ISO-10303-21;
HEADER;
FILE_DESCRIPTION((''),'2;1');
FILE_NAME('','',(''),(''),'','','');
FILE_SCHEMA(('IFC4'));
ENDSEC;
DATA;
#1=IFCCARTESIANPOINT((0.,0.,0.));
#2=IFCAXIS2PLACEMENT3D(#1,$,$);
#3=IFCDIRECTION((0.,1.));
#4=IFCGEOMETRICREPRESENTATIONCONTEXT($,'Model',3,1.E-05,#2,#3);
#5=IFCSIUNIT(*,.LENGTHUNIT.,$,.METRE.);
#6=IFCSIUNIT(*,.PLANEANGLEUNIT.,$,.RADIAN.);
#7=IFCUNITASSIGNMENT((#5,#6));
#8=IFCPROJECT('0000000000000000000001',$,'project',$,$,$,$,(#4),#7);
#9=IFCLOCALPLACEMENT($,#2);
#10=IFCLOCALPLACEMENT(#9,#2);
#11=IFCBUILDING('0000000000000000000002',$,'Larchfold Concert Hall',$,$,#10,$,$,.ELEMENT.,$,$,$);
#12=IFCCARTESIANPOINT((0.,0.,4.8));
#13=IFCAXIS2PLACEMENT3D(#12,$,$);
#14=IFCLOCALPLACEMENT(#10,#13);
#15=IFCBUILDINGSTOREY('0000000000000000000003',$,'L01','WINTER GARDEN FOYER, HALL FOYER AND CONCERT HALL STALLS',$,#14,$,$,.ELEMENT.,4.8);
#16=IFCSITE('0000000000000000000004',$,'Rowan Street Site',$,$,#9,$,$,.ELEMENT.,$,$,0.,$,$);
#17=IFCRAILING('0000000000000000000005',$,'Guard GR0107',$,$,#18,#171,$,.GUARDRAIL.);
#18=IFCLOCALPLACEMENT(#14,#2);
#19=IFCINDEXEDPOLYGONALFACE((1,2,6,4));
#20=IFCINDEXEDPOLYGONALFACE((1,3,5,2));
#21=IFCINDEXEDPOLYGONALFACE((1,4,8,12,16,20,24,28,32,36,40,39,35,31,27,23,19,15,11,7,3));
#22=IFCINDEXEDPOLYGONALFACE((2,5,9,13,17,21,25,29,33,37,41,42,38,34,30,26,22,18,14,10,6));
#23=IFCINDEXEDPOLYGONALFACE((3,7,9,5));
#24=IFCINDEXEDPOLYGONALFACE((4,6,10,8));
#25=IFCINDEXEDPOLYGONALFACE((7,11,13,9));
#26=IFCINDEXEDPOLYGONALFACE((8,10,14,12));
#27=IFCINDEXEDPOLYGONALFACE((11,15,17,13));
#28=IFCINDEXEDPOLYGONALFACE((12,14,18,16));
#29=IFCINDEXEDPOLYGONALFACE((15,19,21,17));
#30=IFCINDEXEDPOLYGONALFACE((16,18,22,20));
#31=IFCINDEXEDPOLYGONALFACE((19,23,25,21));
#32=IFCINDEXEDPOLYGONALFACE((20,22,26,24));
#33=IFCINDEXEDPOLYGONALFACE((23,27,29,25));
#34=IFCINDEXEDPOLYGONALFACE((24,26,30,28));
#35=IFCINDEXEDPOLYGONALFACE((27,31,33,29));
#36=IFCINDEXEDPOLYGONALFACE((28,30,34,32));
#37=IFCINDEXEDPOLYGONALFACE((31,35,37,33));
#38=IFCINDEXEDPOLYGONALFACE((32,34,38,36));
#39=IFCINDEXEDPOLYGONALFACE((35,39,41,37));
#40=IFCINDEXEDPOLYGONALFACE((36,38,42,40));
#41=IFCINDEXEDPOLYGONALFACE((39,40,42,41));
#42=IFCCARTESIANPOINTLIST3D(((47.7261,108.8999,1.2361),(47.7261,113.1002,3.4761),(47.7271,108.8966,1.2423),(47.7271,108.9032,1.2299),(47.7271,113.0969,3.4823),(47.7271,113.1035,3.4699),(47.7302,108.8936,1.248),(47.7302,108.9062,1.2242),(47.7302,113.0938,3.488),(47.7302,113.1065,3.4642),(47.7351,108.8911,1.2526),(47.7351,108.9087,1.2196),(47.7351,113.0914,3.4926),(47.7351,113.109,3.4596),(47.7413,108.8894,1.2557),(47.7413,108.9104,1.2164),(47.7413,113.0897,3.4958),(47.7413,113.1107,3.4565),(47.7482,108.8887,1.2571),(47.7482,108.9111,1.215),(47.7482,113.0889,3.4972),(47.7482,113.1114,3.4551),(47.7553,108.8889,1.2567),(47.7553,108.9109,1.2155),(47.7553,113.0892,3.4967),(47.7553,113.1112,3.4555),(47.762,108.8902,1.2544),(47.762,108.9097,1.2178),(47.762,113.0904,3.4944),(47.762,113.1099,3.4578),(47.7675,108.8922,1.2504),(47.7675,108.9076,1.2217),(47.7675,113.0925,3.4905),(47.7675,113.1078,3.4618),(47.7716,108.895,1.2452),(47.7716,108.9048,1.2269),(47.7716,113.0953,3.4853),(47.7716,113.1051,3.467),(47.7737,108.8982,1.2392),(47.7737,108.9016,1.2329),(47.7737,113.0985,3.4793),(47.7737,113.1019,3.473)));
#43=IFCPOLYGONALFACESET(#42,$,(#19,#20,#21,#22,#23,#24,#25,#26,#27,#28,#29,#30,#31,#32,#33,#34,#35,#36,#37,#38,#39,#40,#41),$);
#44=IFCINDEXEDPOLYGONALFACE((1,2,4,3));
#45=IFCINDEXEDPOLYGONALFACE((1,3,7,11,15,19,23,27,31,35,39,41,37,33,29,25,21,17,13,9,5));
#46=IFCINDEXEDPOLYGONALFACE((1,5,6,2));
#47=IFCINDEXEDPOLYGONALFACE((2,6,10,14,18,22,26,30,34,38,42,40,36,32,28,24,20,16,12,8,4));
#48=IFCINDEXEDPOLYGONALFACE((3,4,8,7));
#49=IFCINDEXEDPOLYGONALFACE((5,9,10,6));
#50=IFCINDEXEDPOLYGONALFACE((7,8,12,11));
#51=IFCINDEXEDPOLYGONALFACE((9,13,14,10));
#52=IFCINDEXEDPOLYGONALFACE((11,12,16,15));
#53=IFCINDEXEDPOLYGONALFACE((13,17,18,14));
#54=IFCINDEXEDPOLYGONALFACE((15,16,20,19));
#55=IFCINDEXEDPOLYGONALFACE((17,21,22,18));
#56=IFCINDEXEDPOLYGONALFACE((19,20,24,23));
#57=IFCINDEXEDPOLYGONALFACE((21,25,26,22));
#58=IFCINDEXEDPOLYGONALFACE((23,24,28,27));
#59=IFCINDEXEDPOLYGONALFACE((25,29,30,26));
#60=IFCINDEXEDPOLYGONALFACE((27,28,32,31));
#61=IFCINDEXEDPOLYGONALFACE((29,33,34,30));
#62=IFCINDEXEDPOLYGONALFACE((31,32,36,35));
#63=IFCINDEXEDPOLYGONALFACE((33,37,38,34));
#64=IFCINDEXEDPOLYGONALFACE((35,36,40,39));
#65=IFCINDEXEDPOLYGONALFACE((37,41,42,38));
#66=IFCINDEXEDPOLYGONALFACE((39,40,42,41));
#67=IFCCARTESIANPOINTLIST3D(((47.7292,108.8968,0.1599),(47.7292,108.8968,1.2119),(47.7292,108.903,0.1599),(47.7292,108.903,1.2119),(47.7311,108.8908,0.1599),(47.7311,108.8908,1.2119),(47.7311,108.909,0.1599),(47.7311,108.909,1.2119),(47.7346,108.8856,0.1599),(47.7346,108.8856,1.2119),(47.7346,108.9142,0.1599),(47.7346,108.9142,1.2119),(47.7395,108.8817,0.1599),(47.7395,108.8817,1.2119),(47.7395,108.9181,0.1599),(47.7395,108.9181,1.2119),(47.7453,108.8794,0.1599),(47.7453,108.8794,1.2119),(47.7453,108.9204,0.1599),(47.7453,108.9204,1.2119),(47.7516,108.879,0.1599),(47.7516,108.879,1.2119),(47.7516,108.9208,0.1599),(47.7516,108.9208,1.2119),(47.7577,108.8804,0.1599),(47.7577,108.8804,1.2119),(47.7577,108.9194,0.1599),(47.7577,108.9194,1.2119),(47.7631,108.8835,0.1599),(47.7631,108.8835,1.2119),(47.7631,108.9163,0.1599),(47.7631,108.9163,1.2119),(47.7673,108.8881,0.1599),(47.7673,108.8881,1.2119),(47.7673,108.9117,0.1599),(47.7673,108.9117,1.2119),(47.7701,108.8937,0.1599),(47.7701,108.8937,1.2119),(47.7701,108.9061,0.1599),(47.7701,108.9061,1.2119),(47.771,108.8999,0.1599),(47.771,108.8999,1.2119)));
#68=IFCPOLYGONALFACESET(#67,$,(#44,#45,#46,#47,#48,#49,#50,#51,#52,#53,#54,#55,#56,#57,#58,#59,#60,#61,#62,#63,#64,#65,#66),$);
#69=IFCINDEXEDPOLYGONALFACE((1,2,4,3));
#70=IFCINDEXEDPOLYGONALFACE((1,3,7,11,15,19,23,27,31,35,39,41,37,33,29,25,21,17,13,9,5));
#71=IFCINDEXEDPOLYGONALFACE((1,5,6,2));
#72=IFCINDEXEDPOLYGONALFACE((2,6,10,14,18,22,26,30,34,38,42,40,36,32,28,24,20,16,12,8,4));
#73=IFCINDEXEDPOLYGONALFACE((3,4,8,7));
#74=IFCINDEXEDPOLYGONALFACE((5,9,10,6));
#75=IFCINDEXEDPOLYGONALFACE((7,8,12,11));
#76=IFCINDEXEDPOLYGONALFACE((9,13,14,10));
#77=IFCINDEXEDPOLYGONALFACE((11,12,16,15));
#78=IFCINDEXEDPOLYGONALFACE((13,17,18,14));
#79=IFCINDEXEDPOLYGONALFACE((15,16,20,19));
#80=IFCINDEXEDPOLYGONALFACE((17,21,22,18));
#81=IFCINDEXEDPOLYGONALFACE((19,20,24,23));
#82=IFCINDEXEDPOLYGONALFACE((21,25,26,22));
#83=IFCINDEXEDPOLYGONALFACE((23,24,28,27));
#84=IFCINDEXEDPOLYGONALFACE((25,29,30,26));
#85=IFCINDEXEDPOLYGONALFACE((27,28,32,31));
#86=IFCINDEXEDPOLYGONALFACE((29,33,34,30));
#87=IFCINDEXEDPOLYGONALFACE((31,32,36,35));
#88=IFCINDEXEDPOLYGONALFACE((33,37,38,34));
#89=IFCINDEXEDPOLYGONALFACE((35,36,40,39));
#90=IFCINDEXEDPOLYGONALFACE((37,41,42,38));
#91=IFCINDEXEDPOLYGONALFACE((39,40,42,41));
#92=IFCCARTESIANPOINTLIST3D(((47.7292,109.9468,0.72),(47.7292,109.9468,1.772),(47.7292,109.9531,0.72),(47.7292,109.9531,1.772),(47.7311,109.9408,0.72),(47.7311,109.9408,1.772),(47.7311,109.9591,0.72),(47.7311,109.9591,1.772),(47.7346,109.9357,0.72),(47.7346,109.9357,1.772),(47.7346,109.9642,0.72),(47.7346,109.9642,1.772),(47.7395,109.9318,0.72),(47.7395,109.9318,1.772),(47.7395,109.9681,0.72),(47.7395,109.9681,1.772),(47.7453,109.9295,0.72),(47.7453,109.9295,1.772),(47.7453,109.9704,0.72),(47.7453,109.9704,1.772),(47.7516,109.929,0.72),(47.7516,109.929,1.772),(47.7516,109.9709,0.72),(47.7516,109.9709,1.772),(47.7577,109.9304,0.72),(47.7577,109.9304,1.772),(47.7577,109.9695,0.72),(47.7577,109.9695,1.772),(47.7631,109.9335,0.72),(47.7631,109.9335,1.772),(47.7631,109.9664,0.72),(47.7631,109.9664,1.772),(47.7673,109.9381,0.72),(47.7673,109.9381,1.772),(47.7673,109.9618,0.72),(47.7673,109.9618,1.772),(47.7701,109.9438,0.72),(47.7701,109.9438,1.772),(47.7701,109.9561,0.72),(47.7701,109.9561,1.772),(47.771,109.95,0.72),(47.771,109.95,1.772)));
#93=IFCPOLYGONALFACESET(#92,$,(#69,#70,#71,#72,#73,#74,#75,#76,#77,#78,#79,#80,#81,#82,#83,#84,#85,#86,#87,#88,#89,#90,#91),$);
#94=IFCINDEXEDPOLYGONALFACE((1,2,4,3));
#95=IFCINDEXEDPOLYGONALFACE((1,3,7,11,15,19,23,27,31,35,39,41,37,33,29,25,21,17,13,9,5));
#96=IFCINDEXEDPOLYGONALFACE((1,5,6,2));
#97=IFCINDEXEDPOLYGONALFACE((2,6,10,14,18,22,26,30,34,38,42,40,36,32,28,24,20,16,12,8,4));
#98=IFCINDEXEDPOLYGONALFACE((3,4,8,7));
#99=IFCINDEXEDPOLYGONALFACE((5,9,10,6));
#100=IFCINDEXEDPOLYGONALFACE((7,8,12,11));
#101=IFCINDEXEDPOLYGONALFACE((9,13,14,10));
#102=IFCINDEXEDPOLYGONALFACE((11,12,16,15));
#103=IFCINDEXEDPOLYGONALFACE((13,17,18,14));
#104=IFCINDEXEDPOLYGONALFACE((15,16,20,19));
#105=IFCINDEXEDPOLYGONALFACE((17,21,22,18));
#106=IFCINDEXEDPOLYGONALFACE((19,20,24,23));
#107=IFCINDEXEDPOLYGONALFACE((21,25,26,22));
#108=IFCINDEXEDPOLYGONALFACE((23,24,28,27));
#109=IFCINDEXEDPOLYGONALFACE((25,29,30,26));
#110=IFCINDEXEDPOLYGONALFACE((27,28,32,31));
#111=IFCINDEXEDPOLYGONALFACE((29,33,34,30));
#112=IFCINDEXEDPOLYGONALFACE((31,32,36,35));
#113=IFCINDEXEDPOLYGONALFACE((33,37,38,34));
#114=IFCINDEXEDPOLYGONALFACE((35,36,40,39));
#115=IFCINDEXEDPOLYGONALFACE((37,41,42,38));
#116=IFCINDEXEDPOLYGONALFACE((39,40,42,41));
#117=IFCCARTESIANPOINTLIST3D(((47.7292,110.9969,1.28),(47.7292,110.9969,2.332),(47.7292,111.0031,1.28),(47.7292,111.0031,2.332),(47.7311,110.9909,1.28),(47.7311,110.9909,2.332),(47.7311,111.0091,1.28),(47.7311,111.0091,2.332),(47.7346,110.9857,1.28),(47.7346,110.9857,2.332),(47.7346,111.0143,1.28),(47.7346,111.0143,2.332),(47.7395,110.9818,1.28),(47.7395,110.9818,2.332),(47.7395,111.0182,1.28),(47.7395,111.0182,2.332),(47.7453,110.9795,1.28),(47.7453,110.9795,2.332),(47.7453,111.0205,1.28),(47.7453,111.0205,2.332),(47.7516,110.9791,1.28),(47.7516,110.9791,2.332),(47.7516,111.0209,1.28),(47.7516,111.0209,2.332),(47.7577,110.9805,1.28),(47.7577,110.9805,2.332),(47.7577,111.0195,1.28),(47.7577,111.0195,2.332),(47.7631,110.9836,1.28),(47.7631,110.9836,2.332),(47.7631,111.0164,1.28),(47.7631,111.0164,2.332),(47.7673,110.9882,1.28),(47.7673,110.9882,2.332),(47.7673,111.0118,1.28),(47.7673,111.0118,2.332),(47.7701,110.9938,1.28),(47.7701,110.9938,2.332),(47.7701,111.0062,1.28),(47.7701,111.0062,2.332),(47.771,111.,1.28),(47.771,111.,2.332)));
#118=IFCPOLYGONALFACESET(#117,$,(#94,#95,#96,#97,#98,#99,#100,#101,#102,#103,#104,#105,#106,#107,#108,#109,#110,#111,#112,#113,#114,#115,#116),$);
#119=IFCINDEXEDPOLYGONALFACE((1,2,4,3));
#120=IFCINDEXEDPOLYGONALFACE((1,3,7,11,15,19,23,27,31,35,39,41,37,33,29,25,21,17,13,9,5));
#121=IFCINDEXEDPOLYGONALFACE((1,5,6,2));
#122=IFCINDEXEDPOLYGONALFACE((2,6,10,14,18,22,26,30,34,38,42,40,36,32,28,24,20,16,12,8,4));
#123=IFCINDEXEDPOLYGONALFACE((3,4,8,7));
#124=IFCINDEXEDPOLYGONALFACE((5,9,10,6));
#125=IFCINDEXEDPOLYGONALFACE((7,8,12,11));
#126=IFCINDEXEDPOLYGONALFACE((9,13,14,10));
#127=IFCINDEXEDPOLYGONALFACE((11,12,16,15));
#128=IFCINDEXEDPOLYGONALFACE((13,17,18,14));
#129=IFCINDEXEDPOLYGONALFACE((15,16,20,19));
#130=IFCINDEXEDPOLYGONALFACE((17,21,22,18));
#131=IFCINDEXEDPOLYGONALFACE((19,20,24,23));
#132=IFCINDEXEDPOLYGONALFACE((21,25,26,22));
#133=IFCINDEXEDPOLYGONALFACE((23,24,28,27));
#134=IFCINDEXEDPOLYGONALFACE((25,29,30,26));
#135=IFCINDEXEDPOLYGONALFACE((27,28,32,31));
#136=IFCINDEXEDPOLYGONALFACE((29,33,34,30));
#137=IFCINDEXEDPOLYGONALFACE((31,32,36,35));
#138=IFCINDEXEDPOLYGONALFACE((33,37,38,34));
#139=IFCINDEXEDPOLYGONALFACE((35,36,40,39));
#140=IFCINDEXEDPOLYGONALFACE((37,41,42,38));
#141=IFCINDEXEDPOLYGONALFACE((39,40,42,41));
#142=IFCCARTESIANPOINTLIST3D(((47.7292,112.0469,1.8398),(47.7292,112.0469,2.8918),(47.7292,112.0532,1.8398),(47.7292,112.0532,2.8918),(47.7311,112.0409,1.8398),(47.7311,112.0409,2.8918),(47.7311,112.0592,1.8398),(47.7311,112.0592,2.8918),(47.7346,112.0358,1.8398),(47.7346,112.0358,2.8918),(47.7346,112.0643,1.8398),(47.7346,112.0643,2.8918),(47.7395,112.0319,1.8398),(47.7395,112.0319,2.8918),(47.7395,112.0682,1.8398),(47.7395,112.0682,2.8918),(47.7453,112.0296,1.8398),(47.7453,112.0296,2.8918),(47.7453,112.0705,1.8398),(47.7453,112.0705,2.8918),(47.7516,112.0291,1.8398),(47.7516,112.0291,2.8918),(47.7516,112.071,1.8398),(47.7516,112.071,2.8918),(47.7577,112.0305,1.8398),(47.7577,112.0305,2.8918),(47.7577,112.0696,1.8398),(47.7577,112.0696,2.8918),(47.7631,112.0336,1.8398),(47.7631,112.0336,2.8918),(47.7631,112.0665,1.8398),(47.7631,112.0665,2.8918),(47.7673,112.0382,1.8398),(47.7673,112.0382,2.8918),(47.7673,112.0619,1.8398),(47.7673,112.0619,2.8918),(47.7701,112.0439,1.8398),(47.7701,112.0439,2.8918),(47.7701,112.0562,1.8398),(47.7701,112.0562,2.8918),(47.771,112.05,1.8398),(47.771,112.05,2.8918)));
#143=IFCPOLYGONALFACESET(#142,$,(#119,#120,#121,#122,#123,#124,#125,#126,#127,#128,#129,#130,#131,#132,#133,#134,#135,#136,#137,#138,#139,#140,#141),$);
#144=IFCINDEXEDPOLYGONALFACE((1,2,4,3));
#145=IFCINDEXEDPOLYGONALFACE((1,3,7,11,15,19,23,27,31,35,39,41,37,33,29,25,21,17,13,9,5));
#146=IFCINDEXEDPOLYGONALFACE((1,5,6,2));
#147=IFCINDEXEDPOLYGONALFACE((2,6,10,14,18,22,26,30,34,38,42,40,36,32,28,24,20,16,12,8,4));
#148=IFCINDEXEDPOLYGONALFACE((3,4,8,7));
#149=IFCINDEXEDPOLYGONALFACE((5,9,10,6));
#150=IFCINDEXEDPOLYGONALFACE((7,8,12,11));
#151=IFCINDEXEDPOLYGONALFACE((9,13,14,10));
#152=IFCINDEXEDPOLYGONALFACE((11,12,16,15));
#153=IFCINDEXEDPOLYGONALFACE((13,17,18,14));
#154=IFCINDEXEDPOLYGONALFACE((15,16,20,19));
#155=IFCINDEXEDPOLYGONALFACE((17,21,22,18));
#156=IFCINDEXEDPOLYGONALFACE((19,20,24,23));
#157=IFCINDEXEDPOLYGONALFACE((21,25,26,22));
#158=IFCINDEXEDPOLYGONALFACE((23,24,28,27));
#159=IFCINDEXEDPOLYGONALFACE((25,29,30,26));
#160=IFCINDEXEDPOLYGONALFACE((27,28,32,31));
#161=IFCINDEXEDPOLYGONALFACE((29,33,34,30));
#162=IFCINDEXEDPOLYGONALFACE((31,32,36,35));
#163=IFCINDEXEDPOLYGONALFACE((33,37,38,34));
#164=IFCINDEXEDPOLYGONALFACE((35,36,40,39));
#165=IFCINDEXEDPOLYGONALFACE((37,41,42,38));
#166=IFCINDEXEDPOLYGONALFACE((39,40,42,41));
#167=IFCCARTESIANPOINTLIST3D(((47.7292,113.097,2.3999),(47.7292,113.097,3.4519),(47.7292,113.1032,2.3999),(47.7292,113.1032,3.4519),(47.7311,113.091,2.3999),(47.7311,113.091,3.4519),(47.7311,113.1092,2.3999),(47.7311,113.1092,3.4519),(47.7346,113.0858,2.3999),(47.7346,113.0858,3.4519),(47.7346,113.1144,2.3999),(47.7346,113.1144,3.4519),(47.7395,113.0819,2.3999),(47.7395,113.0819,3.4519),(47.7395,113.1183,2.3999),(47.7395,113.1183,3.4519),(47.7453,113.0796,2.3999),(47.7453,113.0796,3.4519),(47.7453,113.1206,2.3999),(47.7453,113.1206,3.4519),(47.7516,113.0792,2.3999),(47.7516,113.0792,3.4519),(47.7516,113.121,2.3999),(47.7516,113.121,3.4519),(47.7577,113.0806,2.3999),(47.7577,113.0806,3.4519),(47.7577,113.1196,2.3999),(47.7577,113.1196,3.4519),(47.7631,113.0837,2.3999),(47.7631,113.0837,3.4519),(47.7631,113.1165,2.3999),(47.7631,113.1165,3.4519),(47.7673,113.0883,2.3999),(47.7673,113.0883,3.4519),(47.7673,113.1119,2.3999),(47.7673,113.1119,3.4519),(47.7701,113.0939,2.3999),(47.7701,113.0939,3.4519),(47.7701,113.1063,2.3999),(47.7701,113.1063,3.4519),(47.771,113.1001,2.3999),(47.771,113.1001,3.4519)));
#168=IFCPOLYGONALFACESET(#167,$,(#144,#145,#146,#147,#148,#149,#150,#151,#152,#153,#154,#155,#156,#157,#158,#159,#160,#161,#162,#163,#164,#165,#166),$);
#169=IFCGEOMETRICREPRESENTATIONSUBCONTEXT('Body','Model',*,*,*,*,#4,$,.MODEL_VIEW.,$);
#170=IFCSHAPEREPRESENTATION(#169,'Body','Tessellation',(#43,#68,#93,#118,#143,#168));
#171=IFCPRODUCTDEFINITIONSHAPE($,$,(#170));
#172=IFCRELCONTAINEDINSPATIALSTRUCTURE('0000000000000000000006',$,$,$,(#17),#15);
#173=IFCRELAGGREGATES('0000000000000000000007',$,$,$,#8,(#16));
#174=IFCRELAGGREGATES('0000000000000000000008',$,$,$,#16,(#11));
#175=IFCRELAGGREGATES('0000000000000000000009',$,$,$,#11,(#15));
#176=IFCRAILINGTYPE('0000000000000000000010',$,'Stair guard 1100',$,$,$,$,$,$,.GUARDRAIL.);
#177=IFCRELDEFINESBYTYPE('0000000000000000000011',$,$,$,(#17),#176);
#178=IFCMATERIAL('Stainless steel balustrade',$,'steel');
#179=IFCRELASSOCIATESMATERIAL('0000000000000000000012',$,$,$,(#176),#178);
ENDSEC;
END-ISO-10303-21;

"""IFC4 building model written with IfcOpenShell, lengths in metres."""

from ifc_helpers import new_model, si_unit, direction, frame, origin, origin_2d, place, context, subcontext, project, spatial, circle, extrude, material, type_object, element, save


model = new_model("IFC4")

# Units and contexts
model_context = context("Model", 3, precision=1e-05, world=origin(), true_north=direction((0.0, 1.0)))
body_context = subcontext(model_context, "Body", "Model", "MODEL_VIEW")
ifc_project = project(units=[si_unit("LENGTHUNIT", "METRE"), si_unit("PLANEANGLEUNIT", "RADIAN")], contexts=[model_context])

# Site, building, storey
site_placement = place(None, origin())
site = spatial("IfcSite", under=ifc_project, at=site_placement, Name="Rowan Street Site", CompositionType="ELEMENT", RefElevation=0.0)
building_placement = place(site_placement, origin())
building = spatial("IfcBuilding", under=site, at=building_placement, Name="Larchfold Concert Hall", CompositionType="ELEMENT")
storey_placement = place(building_placement, frame((0.0, 0.0, 4.8)))
storey = spatial("IfcBuildingStorey", under=building, at=storey_placement, Name="L01", Description="WINTER GARDEN FOYER, HALL FOYER AND CONCERT HALL STALLS", CompositionType="ELEMENT", Elevation=4.8)

# Railing
ifc_material_1 = material(Name="Stainless steel balustrade", Category="steel")
railing_type_1 = type_object("IfcRailingType", Name="Stair guard 1100", PredefinedType="GUARDRAIL", material=ifc_material_1)
railing_1_placement = place(storey_placement, frame((47.75, 108.8999, 0.1599)))
element("IfcRailing", 1, at=railing_1_placement, inside=storey, type_object=railing_type_1, Name="Guard GR0107", PredefinedType="GUARDRAIL", context=body_context, shape_type="SweptSolid", body=[
    extrude(circle(Radius=0.0239, at=origin_2d()), frame((0.0, 0.0, 1.0762), z_axis=(0.0, 0.882363, 0.47057), x_axis=(-1.0, 0.0, 0.0)), (0.0, 0.0, 1.0), 4.7603),
    extrude(circle(Radius=0.021, at=origin_2d()), origin(), (0.0, 0.0, 1.0), 1.052),
    extrude(circle(Radius=0.021, at=origin_2d()), frame((0.0, 1.05, 0.5601)), (0.0, 0.0, 1.0), 1.052),
    extrude(circle(Radius=0.021, at=origin_2d()), frame((0.0, 2.1001, 1.1201)), (0.0, 0.0, 1.0), 1.052),
    extrude(circle(Radius=0.021, at=origin_2d()), frame((0.0, 3.1501, 1.6799)), (0.0, 0.0, 1.0), 1.052),
    extrude(circle(Radius=0.021, at=origin_2d()), frame((0.0, 4.2002, 2.24)), (0.0, 0.0, 1.0), 1.052),
])

save(model, "model.ifc")
